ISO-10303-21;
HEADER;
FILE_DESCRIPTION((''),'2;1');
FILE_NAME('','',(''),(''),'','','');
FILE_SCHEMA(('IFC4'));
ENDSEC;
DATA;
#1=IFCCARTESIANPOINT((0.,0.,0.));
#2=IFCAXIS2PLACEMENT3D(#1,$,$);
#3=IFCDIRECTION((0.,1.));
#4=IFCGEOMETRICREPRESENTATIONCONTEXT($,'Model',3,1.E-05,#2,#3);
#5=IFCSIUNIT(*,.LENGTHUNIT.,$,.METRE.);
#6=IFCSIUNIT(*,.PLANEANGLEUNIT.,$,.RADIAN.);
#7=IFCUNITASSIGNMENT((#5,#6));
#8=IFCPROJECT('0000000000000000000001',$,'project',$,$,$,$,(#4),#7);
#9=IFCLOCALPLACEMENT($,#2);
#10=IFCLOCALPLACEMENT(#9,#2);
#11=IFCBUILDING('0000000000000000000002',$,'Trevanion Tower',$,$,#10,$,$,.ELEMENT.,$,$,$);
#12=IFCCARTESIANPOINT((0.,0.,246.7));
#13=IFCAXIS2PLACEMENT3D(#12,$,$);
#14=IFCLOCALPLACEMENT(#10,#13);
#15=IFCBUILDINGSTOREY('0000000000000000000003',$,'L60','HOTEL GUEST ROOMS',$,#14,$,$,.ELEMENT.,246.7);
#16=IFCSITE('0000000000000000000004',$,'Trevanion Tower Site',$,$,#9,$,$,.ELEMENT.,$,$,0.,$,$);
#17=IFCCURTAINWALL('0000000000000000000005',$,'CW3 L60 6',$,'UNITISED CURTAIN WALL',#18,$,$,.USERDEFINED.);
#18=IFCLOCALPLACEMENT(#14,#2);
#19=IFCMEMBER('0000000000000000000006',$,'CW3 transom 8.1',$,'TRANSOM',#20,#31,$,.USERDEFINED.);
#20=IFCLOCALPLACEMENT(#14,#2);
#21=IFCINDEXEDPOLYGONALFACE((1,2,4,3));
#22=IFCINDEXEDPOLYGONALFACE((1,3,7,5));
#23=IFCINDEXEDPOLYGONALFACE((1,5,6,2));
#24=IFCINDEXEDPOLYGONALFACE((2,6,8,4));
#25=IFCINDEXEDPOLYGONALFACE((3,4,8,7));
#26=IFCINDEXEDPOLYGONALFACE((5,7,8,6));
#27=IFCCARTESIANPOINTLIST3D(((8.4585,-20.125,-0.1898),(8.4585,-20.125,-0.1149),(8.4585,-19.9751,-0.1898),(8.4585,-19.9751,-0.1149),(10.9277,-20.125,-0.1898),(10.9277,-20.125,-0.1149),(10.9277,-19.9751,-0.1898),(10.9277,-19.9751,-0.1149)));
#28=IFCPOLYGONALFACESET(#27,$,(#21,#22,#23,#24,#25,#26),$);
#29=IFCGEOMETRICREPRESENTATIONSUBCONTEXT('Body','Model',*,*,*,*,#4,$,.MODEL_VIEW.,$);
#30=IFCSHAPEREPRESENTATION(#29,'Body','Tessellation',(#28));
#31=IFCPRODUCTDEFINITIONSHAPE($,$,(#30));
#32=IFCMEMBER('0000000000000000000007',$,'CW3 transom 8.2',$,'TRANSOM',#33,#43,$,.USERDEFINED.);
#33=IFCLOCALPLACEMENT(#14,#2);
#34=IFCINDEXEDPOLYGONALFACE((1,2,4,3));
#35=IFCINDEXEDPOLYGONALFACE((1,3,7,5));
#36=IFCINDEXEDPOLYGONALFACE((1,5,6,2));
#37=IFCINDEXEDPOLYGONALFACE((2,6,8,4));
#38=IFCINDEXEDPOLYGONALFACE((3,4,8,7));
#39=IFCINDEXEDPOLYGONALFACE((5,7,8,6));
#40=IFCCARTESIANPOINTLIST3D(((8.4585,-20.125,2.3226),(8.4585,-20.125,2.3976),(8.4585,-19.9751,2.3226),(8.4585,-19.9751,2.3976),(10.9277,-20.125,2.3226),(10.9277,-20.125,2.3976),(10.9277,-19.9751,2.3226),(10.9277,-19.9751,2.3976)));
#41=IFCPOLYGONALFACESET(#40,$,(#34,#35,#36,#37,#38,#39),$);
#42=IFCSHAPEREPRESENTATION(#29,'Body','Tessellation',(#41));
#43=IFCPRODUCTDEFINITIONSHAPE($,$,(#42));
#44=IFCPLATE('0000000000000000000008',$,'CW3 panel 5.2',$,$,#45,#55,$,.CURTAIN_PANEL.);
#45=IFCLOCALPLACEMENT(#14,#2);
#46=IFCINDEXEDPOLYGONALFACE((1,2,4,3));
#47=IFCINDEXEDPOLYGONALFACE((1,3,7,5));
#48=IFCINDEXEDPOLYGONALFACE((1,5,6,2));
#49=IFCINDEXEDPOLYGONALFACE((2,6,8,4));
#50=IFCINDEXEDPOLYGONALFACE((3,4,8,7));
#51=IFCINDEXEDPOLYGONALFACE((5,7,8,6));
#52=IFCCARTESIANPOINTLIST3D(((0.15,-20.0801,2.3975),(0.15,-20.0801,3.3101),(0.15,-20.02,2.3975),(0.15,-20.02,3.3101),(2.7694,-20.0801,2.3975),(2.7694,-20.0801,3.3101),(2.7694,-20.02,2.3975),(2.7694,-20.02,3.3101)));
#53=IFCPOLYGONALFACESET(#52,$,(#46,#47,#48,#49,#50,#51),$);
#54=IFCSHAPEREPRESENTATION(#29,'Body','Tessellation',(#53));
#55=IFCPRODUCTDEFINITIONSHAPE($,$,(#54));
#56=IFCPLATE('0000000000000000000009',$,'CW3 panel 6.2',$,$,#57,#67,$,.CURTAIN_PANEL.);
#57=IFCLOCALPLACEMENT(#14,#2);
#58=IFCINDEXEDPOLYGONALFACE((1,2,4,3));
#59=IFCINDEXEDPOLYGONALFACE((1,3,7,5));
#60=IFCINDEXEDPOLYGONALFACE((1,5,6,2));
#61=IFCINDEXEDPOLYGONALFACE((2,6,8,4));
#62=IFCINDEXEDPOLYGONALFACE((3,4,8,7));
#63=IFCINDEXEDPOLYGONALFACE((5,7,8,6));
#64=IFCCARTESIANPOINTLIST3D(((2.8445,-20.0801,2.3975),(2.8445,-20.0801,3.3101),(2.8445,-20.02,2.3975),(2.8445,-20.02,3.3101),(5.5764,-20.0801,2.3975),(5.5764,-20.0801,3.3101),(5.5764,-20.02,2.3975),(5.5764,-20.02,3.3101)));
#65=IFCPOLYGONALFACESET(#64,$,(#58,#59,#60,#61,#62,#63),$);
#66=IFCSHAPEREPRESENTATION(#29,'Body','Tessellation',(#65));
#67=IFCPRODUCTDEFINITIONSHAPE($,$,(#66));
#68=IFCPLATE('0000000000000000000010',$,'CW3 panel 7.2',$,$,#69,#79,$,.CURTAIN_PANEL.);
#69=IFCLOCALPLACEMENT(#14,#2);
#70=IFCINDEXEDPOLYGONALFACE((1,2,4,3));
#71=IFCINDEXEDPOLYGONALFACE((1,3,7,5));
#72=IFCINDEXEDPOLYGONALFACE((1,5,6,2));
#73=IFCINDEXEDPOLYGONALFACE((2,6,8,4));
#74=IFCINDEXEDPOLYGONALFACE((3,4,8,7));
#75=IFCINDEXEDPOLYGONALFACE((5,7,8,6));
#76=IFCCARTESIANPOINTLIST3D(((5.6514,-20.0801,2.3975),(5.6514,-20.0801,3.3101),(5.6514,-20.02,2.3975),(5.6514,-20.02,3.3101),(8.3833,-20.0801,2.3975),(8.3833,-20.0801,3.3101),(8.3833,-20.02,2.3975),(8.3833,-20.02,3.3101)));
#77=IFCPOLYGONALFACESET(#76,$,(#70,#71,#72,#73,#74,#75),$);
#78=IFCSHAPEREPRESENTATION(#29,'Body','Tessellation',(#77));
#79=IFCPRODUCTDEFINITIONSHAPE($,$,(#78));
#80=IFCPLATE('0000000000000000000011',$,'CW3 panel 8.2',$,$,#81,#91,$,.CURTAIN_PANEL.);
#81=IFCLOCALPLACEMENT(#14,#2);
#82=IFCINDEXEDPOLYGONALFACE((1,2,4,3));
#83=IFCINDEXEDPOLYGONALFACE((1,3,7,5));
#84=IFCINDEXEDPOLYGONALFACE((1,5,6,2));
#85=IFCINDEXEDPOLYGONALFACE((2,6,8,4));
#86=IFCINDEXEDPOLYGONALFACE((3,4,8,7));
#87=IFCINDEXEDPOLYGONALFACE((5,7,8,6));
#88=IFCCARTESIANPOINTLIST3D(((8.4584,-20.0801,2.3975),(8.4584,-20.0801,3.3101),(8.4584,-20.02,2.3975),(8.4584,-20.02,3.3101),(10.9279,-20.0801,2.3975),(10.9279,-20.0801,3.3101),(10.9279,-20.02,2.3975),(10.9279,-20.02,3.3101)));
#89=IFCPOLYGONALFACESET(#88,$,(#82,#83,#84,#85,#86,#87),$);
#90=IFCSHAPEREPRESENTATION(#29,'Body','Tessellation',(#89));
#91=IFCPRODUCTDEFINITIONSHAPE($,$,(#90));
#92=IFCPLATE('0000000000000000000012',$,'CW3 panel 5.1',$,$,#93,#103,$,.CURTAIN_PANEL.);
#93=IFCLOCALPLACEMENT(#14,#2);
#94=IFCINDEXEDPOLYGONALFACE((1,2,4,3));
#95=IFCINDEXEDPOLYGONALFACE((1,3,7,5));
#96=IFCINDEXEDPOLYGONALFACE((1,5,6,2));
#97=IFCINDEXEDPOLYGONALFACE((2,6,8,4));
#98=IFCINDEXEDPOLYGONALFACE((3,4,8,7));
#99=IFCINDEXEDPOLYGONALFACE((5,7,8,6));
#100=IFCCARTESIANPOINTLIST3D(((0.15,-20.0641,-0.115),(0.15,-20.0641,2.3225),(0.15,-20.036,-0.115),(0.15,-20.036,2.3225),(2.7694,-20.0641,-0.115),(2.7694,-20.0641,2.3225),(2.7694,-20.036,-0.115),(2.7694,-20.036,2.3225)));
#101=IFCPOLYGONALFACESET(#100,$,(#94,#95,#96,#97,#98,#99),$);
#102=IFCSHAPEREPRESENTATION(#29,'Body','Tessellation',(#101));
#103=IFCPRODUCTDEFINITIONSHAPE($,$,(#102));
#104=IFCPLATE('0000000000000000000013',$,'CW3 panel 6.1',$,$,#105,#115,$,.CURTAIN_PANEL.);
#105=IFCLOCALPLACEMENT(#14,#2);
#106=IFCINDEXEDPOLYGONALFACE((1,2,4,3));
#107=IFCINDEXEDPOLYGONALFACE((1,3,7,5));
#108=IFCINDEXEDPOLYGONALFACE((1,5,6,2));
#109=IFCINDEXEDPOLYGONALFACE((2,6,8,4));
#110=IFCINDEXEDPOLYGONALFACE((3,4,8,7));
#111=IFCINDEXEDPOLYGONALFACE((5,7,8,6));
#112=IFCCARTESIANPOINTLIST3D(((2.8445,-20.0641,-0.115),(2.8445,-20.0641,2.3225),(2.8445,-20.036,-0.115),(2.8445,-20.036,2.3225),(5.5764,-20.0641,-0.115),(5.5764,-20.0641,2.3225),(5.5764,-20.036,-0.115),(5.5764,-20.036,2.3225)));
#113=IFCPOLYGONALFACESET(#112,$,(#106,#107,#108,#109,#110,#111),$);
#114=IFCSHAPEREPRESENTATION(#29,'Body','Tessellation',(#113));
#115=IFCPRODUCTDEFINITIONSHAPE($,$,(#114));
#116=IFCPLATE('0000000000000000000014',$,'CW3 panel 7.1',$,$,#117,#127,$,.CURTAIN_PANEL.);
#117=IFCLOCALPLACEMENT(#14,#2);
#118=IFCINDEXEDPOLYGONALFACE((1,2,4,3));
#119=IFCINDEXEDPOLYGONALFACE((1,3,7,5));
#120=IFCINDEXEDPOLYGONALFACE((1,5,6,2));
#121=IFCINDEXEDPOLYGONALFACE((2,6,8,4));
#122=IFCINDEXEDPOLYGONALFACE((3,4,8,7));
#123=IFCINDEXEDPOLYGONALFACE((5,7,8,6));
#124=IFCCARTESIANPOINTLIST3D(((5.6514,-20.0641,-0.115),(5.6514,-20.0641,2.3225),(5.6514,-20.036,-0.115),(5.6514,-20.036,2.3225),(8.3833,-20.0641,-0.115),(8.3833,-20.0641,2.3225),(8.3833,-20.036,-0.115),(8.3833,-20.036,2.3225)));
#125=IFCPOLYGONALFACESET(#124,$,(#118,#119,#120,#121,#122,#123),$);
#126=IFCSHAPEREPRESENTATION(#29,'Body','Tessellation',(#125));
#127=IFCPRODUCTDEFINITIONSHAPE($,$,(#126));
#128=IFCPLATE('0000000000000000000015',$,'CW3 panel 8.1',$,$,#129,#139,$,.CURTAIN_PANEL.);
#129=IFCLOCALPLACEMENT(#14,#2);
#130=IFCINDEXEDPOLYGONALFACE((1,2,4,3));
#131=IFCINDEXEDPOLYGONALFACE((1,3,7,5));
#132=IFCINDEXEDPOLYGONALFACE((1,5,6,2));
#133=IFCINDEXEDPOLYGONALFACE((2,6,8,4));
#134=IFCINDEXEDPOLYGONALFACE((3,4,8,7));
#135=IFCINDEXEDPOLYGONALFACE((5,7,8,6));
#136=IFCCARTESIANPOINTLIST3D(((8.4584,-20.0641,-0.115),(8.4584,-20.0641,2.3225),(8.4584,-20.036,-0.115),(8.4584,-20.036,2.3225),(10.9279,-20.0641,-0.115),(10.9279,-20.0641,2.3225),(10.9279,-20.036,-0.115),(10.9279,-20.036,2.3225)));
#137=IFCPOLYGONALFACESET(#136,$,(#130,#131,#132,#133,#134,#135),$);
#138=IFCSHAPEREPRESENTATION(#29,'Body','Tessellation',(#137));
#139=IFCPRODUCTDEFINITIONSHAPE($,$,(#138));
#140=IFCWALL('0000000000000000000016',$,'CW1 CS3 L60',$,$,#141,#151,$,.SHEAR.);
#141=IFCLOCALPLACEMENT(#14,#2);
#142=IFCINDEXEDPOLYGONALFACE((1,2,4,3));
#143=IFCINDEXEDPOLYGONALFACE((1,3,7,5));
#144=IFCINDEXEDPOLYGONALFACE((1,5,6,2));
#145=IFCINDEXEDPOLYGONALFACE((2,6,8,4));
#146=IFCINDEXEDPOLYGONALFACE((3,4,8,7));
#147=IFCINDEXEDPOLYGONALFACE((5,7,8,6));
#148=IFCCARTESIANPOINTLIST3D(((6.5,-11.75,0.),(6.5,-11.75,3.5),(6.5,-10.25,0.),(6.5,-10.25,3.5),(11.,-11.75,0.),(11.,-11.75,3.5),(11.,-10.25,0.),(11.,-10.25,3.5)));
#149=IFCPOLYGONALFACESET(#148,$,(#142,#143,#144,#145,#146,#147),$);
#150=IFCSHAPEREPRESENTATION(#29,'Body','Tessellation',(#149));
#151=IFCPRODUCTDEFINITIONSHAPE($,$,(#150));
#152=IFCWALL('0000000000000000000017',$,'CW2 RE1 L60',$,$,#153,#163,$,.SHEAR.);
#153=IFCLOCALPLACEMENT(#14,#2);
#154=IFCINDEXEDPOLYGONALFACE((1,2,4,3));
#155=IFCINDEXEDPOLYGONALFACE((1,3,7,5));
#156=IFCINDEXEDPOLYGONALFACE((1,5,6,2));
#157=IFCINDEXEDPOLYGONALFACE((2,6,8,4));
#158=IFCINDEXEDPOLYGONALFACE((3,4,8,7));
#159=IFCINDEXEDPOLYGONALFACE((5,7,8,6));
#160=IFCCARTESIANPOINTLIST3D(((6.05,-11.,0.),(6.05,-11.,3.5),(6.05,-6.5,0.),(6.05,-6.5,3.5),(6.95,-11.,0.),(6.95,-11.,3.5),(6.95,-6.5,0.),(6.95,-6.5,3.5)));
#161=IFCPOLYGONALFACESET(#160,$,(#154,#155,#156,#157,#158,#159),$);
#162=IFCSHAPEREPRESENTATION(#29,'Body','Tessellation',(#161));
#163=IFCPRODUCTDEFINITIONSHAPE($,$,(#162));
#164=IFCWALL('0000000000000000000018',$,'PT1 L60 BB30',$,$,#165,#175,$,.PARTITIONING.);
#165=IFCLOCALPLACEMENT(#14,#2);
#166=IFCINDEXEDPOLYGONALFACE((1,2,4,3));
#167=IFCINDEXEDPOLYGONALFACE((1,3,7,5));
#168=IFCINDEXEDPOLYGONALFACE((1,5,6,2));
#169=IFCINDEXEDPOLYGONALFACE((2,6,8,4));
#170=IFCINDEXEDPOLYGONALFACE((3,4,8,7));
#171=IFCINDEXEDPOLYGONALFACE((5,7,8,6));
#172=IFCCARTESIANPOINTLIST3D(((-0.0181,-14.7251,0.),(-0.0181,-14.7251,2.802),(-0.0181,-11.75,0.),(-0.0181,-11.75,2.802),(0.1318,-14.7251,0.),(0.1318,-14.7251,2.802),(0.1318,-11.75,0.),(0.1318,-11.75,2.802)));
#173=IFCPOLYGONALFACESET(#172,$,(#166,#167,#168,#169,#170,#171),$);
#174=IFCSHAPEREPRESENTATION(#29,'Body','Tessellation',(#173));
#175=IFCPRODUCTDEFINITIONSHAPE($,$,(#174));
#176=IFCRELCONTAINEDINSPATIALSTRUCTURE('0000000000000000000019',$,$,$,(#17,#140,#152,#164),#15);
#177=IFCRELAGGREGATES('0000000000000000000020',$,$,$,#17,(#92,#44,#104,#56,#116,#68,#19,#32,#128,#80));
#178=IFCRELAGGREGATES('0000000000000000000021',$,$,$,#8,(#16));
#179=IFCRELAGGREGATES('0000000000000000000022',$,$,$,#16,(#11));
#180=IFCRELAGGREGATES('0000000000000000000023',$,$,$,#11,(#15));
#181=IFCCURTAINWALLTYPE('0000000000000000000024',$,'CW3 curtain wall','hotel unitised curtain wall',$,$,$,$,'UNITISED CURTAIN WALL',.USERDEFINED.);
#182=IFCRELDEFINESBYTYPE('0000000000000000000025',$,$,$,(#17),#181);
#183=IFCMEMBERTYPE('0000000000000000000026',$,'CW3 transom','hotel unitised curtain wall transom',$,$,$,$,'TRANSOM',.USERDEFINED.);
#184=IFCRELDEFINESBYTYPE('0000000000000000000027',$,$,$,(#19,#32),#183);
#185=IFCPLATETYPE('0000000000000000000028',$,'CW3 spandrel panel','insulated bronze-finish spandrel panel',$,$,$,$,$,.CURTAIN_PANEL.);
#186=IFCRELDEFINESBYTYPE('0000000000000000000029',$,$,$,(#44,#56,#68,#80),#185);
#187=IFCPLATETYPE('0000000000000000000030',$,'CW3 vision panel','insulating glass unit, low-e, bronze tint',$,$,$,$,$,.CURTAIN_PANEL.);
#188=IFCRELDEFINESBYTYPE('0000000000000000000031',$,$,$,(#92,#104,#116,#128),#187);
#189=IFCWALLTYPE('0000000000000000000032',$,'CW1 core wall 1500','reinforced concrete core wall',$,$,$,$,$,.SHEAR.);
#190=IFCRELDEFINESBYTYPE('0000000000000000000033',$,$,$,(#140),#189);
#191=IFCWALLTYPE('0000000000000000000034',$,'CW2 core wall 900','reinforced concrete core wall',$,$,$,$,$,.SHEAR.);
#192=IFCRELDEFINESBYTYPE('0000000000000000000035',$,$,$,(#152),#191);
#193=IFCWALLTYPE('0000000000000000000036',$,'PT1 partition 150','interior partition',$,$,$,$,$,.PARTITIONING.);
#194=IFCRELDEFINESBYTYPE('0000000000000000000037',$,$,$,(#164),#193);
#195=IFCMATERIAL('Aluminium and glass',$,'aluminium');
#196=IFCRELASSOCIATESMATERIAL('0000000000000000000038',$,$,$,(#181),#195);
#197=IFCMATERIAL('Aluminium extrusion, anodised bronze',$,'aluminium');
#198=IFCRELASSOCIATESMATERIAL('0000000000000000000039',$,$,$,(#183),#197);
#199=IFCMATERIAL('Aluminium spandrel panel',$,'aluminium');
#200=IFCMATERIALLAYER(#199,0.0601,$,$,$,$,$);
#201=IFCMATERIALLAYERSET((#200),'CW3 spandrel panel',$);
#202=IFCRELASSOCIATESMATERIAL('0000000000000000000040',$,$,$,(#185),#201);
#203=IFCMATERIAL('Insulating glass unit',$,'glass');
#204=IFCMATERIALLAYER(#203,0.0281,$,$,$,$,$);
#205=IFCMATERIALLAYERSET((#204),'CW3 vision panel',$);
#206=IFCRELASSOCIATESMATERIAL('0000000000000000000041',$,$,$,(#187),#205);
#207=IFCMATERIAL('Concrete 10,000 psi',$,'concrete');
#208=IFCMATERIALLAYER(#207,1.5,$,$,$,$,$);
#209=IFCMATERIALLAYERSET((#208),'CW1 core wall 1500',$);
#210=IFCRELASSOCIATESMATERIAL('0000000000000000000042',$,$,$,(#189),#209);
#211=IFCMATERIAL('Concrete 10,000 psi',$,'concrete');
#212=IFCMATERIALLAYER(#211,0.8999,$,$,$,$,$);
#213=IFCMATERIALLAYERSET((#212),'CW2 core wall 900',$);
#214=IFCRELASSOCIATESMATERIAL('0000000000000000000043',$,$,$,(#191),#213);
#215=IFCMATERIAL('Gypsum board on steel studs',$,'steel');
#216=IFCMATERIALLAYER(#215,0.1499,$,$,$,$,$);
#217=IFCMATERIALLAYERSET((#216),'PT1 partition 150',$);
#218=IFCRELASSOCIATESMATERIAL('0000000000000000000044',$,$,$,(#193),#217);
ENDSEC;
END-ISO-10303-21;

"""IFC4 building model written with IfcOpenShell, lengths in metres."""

from ifc_helpers import new_model, si_unit, direction, frame, frame_2d, origin, origin_2d, place, context, subcontext, project, spatial, rectangle, extrude, material, layer, layer_set, material_profile, profile_set, type_object, element, aggregate, save


model = new_model("IFC4")

# Units and contexts
model_context = context("Model", 3, precision=1e-05, world=origin(), true_north=direction((0.0, 1.0)))
body_context = subcontext(model_context, "Body", "Model", "MODEL_VIEW")
ifc_project = project(units=[si_unit("LENGTHUNIT", "METRE"), si_unit("PLANEANGLEUNIT", "RADIAN")], contexts=[model_context])

# Site, building, storey
site_placement = place(None, origin())
site = spatial("IfcSite", under=ifc_project, at=site_placement, Name="Trevanion Tower Site", CompositionType="ELEMENT", RefElevation=0.0)
building_placement = place(site_placement, origin())
building = spatial("IfcBuilding", under=site, at=building_placement, Name="Trevanion Tower", CompositionType="ELEMENT")
storey_placement = place(building_placement, frame((0.0, 0.0, 246.7)))
storey = spatial("IfcBuildingStorey", under=building, at=storey_placement, Name="L60", Description="HOTEL GUEST ROOMS", CompositionType="ELEMENT", Elevation=246.7)

# Curtain wall, members, plates
ifc_material_1 = material(Name="Aluminium and glass", Category="aluminium")
curtain_wall_type = type_object("IfcCurtainWallType", Name="CW3 curtain wall", Description="hotel unitised curtain wall", ElementType="UNITISED CURTAIN WALL", PredefinedType="USERDEFINED", material=ifc_material_1)
curtain_wall_placement = place(storey_placement, origin())
curtain_wall = element("IfcCurtainWall", 1, at=curtain_wall_placement, inside=storey, type_object=curtain_wall_type, Name="CW3 L60 6", ObjectType="UNITISED CURTAIN WALL", PredefinedType="USERDEFINED")
ifc_material_2 = material(Name="Aluminium extrusion, anodised bronze", Category="aluminium")
ifc_material_profile_1 = material_profile(ifc_material_2, rectangle(XDim=0.1499, YDim=0.075, at=origin_2d()), Name="CW3 transom")
ifc_profile_set_1 = profile_set([ifc_material_profile_1], Name="Aluminium extrusion, anodised bronze")
member_type_1 = type_object("IfcMemberType", Name="CW3 transom", Description="hotel unitised curtain wall transom", ElementType="TRANSOM", PredefinedType="USERDEFINED", material=ifc_profile_set_1)
member_1_placement = place(storey_placement, frame((8.4585, -20.05, -0.1523), z_axis=(1.0, 0.0, 0.0), x_axis=(0.0, 1.0, 0.0)))
member_1 = element("IfcMember", 2, at=member_1_placement, type_object=member_type_1, Name="CW3 transom 8.1", ObjectType="TRANSOM", PredefinedType="USERDEFINED", context=body_context, shape_type="SweptSolid", body=[
    extrude(rectangle(XDim=0.1499, YDim=0.075, at=origin_2d()), origin(), (0.0, 0.0, 1.0), 2.4692),
])
member_2_placement = place(storey_placement, frame((8.4585, -20.05, 2.3601), z_axis=(1.0, 0.0, 0.0), x_axis=(0.0, 1.0, 0.0)))
member_2 = element("IfcMember", 3, at=member_2_placement, type_object=member_type_1, Name="CW3 transom 8.2", ObjectType="TRANSOM", PredefinedType="USERDEFINED", context=body_context, shape_type="SweptSolid", body=[
    extrude(rectangle(XDim=0.1499, YDim=0.075, at=origin_2d()), origin(), (0.0, 0.0, 1.0), 2.4692),
])
ifc_material_3 = material(Name="Aluminium spandrel panel", Category="aluminium")
ifc_layer_1 = layer(ifc_material_3, 0.0601)
ifc_layer_set_1 = layer_set([ifc_layer_1], Name="CW3 spandrel panel")
plate_type_1 = type_object("IfcPlateType", Name="CW3 spandrel panel", Description="insulated bronze-finish spandrel panel", PredefinedType="CURTAIN_PANEL", material=ifc_layer_set_1)
plate_1_placement = place(storey_placement, frame((1.4597, -20.05, 2.3975), z_axis=(0.0, 0.0, 1.0), x_axis=(1.0, 0.0, 0.0)))
plate_1 = element("IfcPlate", 4, at=plate_1_placement, type_object=plate_type_1, Name="CW3 panel 5.2", PredefinedType="CURTAIN_PANEL", context=body_context, shape_type="SweptSolid", body=[
    extrude(rectangle(XDim=2.6194, YDim=0.0601, at=origin_2d()), origin(), (0.0, 0.0, 1.0), 0.9126),
])
plate_2_placement = place(storey_placement, frame((4.2104, -20.05, 2.3975), z_axis=(0.0, 0.0, 1.0), x_axis=(1.0, 0.0, 0.0)))
plate_2 = element("IfcPlate", 5, at=plate_2_placement, type_object=plate_type_1, Name="CW3 panel 6.2", PredefinedType="CURTAIN_PANEL", context=body_context, shape_type="SweptSolid", body=[
    extrude(rectangle(XDim=2.7319, YDim=0.0601, at=origin_2d()), origin(), (0.0, 0.0, 1.0), 0.9126),
])
plate_3_placement = place(storey_placement, frame((7.0173, -20.05, 2.3975), z_axis=(0.0, 0.0, 1.0), x_axis=(1.0, 0.0, 0.0)))
plate_3 = element("IfcPlate", 6, at=plate_3_placement, type_object=plate_type_1, Name="CW3 panel 7.2", PredefinedType="CURTAIN_PANEL", context=body_context, shape_type="SweptSolid", body=[
    extrude(rectangle(XDim=2.7319, YDim=0.0601, at=origin_2d()), origin(), (0.0, 0.0, 1.0), 0.9126),
])
plate_4_placement = place(storey_placement, frame((9.6931, -20.05, 2.3975), z_axis=(0.0, 0.0, 1.0), x_axis=(1.0, 0.0, 0.0)))
plate_4 = element("IfcPlate", 7, at=plate_4_placement, type_object=plate_type_1, Name="CW3 panel 8.2", PredefinedType="CURTAIN_PANEL", context=body_context, shape_type="SweptSolid", body=[
    extrude(rectangle(XDim=2.4695, YDim=0.0601, at=origin_2d()), origin(), (0.0, 0.0, 1.0), 0.9126),
])
ifc_material_4 = material(Name="Insulating glass unit", Category="glass")
ifc_layer_2 = layer(ifc_material_4, 0.0281)
ifc_layer_set_2 = layer_set([ifc_layer_2], Name="CW3 vision panel")
plate_type_2 = type_object("IfcPlateType", Name="CW3 vision panel", Description="insulating glass unit, low-e, bronze tint", PredefinedType="CURTAIN_PANEL", material=ifc_layer_set_2)
plate_5_placement = place(storey_placement, frame((1.4597, -20.05, -0.115), z_axis=(0.0, 0.0, 1.0), x_axis=(1.0, 0.0, 0.0)))
plate_5 = element("IfcPlate", 8, at=plate_5_placement, type_object=plate_type_2, Name="CW3 panel 5.1", PredefinedType="CURTAIN_PANEL", context=body_context, shape_type="SweptSolid", body=[
    extrude(rectangle(XDim=2.6194, YDim=0.0281, at=origin_2d()), origin(), (0.0, 0.0, 1.0), 2.4375),
])
plate_6_placement = place(storey_placement, frame((4.2104, -20.05, -0.115), z_axis=(0.0, 0.0, 1.0), x_axis=(1.0, 0.0, 0.0)))
plate_6 = element("IfcPlate", 9, at=plate_6_placement, type_object=plate_type_2, Name="CW3 panel 6.1", PredefinedType="CURTAIN_PANEL", context=body_context, shape_type="SweptSolid", body=[
    extrude(rectangle(XDim=2.7319, YDim=0.0281, at=origin_2d()), origin(), (0.0, 0.0, 1.0), 2.4375),
])
plate_7_placement = place(storey_placement, frame((7.0173, -20.05, -0.115), z_axis=(0.0, 0.0, 1.0), x_axis=(1.0, 0.0, 0.0)))
plate_7 = element("IfcPlate", 10, at=plate_7_placement, type_object=plate_type_2, Name="CW3 panel 7.1", PredefinedType="CURTAIN_PANEL", context=body_context, shape_type="SweptSolid", body=[
    extrude(rectangle(XDim=2.7319, YDim=0.0281, at=origin_2d()), origin(), (0.0, 0.0, 1.0), 2.4375),
])
plate_8_placement = place(storey_placement, frame((9.6931, -20.05, -0.115), z_axis=(0.0, 0.0, 1.0), x_axis=(1.0, 0.0, 0.0)))
plate_8 = element("IfcPlate", 11, at=plate_8_placement, type_object=plate_type_2, Name="CW3 panel 8.1", PredefinedType="CURTAIN_PANEL", context=body_context, shape_type="SweptSolid", body=[
    extrude(rectangle(XDim=2.4695, YDim=0.0281, at=origin_2d()), origin(), (0.0, 0.0, 1.0), 2.4375),
])
aggregate(curtain_wall, [plate_5, plate_1, plate_6, plate_2, plate_7, plate_3, member_1, member_2, plate_8, plate_4])

# Walls
ifc_material_5 = material(Name="Concrete 10,000 psi", Category="concrete")
ifc_layer_3 = layer(ifc_material_5, 1.5)
ifc_layer_set_3 = layer_set([ifc_layer_3], Name="CW1 core wall 1500")
wall_type_1 = type_object("IfcWallType", Name="CW1 core wall 1500", Description="reinforced concrete core wall", PredefinedType="SHEAR", material=ifc_layer_set_3)
wall_1_placement = place(storey_placement, frame((6.5, -11.0, 0.0), z_axis=(0.0, 0.0, 1.0), x_axis=(1.0, 0.0, 0.0)))
element("IfcWall", 12, at=wall_1_placement, inside=storey, type_object=wall_type_1, Name="CW1 CS3 L60", PredefinedType="SHEAR", context=body_context, shape_type="SweptSolid", body=[
    extrude(rectangle(XDim=4.5, YDim=1.5, at=frame_2d((2.25, 0.0))), origin(), (0.0, 0.0, 1.0), 3.5),
])
ifc_material_6 = material(Name="Concrete 10,000 psi", Category="concrete")
ifc_layer_4 = layer(ifc_material_6, 0.8999)
ifc_layer_set_4 = layer_set([ifc_layer_4], Name="CW2 core wall 900")
wall_type_2 = type_object("IfcWallType", Name="CW2 core wall 900", Description="reinforced concrete core wall", PredefinedType="SHEAR", material=ifc_layer_set_4)
wall_2_placement = place(storey_placement, frame((6.5, -11.0, 0.0), z_axis=(0.0, 0.0, 1.0), x_axis=(0.0, 1.0, 0.0)))
element("IfcWall", 13, at=wall_2_placement, inside=storey, type_object=wall_type_2, Name="CW2 RE1 L60", PredefinedType="SHEAR", context=body_context, shape_type="SweptSolid", body=[
    extrude(rectangle(XDim=4.5, YDim=0.8999, at=frame_2d((2.25, 0.0))), origin(), (0.0, 0.0, 1.0), 3.5),
])
ifc_material_7 = material(Name="Gypsum board on steel studs", Category="steel")
ifc_layer_5 = layer(ifc_material_7, 0.1499)
ifc_layer_set_5 = layer_set([ifc_layer_5], Name="PT1 partition 150")
wall_type_3 = type_object("IfcWallType", Name="PT1 partition 150", Description="interior partition", PredefinedType="PARTITIONING", material=ifc_layer_set_5)
wall_3_placement = place(storey_placement, frame((0.0569, -11.75, 0.0), z_axis=(0.0, 0.0, 1.0), x_axis=(0.0, -1.0, 0.0)))
element("IfcWall", 14, at=wall_3_placement, inside=storey, type_object=wall_type_3, Name="PT1 L60 BB30", PredefinedType="PARTITIONING", context=body_context, shape_type="SweptSolid", body=[
    extrude(rectangle(XDim=2.9751, YDim=0.1499, at=frame_2d((1.4875, 0.0))), origin(), (0.0, 0.0, 1.0), 2.802),
])

save(model, "model.ifc")
